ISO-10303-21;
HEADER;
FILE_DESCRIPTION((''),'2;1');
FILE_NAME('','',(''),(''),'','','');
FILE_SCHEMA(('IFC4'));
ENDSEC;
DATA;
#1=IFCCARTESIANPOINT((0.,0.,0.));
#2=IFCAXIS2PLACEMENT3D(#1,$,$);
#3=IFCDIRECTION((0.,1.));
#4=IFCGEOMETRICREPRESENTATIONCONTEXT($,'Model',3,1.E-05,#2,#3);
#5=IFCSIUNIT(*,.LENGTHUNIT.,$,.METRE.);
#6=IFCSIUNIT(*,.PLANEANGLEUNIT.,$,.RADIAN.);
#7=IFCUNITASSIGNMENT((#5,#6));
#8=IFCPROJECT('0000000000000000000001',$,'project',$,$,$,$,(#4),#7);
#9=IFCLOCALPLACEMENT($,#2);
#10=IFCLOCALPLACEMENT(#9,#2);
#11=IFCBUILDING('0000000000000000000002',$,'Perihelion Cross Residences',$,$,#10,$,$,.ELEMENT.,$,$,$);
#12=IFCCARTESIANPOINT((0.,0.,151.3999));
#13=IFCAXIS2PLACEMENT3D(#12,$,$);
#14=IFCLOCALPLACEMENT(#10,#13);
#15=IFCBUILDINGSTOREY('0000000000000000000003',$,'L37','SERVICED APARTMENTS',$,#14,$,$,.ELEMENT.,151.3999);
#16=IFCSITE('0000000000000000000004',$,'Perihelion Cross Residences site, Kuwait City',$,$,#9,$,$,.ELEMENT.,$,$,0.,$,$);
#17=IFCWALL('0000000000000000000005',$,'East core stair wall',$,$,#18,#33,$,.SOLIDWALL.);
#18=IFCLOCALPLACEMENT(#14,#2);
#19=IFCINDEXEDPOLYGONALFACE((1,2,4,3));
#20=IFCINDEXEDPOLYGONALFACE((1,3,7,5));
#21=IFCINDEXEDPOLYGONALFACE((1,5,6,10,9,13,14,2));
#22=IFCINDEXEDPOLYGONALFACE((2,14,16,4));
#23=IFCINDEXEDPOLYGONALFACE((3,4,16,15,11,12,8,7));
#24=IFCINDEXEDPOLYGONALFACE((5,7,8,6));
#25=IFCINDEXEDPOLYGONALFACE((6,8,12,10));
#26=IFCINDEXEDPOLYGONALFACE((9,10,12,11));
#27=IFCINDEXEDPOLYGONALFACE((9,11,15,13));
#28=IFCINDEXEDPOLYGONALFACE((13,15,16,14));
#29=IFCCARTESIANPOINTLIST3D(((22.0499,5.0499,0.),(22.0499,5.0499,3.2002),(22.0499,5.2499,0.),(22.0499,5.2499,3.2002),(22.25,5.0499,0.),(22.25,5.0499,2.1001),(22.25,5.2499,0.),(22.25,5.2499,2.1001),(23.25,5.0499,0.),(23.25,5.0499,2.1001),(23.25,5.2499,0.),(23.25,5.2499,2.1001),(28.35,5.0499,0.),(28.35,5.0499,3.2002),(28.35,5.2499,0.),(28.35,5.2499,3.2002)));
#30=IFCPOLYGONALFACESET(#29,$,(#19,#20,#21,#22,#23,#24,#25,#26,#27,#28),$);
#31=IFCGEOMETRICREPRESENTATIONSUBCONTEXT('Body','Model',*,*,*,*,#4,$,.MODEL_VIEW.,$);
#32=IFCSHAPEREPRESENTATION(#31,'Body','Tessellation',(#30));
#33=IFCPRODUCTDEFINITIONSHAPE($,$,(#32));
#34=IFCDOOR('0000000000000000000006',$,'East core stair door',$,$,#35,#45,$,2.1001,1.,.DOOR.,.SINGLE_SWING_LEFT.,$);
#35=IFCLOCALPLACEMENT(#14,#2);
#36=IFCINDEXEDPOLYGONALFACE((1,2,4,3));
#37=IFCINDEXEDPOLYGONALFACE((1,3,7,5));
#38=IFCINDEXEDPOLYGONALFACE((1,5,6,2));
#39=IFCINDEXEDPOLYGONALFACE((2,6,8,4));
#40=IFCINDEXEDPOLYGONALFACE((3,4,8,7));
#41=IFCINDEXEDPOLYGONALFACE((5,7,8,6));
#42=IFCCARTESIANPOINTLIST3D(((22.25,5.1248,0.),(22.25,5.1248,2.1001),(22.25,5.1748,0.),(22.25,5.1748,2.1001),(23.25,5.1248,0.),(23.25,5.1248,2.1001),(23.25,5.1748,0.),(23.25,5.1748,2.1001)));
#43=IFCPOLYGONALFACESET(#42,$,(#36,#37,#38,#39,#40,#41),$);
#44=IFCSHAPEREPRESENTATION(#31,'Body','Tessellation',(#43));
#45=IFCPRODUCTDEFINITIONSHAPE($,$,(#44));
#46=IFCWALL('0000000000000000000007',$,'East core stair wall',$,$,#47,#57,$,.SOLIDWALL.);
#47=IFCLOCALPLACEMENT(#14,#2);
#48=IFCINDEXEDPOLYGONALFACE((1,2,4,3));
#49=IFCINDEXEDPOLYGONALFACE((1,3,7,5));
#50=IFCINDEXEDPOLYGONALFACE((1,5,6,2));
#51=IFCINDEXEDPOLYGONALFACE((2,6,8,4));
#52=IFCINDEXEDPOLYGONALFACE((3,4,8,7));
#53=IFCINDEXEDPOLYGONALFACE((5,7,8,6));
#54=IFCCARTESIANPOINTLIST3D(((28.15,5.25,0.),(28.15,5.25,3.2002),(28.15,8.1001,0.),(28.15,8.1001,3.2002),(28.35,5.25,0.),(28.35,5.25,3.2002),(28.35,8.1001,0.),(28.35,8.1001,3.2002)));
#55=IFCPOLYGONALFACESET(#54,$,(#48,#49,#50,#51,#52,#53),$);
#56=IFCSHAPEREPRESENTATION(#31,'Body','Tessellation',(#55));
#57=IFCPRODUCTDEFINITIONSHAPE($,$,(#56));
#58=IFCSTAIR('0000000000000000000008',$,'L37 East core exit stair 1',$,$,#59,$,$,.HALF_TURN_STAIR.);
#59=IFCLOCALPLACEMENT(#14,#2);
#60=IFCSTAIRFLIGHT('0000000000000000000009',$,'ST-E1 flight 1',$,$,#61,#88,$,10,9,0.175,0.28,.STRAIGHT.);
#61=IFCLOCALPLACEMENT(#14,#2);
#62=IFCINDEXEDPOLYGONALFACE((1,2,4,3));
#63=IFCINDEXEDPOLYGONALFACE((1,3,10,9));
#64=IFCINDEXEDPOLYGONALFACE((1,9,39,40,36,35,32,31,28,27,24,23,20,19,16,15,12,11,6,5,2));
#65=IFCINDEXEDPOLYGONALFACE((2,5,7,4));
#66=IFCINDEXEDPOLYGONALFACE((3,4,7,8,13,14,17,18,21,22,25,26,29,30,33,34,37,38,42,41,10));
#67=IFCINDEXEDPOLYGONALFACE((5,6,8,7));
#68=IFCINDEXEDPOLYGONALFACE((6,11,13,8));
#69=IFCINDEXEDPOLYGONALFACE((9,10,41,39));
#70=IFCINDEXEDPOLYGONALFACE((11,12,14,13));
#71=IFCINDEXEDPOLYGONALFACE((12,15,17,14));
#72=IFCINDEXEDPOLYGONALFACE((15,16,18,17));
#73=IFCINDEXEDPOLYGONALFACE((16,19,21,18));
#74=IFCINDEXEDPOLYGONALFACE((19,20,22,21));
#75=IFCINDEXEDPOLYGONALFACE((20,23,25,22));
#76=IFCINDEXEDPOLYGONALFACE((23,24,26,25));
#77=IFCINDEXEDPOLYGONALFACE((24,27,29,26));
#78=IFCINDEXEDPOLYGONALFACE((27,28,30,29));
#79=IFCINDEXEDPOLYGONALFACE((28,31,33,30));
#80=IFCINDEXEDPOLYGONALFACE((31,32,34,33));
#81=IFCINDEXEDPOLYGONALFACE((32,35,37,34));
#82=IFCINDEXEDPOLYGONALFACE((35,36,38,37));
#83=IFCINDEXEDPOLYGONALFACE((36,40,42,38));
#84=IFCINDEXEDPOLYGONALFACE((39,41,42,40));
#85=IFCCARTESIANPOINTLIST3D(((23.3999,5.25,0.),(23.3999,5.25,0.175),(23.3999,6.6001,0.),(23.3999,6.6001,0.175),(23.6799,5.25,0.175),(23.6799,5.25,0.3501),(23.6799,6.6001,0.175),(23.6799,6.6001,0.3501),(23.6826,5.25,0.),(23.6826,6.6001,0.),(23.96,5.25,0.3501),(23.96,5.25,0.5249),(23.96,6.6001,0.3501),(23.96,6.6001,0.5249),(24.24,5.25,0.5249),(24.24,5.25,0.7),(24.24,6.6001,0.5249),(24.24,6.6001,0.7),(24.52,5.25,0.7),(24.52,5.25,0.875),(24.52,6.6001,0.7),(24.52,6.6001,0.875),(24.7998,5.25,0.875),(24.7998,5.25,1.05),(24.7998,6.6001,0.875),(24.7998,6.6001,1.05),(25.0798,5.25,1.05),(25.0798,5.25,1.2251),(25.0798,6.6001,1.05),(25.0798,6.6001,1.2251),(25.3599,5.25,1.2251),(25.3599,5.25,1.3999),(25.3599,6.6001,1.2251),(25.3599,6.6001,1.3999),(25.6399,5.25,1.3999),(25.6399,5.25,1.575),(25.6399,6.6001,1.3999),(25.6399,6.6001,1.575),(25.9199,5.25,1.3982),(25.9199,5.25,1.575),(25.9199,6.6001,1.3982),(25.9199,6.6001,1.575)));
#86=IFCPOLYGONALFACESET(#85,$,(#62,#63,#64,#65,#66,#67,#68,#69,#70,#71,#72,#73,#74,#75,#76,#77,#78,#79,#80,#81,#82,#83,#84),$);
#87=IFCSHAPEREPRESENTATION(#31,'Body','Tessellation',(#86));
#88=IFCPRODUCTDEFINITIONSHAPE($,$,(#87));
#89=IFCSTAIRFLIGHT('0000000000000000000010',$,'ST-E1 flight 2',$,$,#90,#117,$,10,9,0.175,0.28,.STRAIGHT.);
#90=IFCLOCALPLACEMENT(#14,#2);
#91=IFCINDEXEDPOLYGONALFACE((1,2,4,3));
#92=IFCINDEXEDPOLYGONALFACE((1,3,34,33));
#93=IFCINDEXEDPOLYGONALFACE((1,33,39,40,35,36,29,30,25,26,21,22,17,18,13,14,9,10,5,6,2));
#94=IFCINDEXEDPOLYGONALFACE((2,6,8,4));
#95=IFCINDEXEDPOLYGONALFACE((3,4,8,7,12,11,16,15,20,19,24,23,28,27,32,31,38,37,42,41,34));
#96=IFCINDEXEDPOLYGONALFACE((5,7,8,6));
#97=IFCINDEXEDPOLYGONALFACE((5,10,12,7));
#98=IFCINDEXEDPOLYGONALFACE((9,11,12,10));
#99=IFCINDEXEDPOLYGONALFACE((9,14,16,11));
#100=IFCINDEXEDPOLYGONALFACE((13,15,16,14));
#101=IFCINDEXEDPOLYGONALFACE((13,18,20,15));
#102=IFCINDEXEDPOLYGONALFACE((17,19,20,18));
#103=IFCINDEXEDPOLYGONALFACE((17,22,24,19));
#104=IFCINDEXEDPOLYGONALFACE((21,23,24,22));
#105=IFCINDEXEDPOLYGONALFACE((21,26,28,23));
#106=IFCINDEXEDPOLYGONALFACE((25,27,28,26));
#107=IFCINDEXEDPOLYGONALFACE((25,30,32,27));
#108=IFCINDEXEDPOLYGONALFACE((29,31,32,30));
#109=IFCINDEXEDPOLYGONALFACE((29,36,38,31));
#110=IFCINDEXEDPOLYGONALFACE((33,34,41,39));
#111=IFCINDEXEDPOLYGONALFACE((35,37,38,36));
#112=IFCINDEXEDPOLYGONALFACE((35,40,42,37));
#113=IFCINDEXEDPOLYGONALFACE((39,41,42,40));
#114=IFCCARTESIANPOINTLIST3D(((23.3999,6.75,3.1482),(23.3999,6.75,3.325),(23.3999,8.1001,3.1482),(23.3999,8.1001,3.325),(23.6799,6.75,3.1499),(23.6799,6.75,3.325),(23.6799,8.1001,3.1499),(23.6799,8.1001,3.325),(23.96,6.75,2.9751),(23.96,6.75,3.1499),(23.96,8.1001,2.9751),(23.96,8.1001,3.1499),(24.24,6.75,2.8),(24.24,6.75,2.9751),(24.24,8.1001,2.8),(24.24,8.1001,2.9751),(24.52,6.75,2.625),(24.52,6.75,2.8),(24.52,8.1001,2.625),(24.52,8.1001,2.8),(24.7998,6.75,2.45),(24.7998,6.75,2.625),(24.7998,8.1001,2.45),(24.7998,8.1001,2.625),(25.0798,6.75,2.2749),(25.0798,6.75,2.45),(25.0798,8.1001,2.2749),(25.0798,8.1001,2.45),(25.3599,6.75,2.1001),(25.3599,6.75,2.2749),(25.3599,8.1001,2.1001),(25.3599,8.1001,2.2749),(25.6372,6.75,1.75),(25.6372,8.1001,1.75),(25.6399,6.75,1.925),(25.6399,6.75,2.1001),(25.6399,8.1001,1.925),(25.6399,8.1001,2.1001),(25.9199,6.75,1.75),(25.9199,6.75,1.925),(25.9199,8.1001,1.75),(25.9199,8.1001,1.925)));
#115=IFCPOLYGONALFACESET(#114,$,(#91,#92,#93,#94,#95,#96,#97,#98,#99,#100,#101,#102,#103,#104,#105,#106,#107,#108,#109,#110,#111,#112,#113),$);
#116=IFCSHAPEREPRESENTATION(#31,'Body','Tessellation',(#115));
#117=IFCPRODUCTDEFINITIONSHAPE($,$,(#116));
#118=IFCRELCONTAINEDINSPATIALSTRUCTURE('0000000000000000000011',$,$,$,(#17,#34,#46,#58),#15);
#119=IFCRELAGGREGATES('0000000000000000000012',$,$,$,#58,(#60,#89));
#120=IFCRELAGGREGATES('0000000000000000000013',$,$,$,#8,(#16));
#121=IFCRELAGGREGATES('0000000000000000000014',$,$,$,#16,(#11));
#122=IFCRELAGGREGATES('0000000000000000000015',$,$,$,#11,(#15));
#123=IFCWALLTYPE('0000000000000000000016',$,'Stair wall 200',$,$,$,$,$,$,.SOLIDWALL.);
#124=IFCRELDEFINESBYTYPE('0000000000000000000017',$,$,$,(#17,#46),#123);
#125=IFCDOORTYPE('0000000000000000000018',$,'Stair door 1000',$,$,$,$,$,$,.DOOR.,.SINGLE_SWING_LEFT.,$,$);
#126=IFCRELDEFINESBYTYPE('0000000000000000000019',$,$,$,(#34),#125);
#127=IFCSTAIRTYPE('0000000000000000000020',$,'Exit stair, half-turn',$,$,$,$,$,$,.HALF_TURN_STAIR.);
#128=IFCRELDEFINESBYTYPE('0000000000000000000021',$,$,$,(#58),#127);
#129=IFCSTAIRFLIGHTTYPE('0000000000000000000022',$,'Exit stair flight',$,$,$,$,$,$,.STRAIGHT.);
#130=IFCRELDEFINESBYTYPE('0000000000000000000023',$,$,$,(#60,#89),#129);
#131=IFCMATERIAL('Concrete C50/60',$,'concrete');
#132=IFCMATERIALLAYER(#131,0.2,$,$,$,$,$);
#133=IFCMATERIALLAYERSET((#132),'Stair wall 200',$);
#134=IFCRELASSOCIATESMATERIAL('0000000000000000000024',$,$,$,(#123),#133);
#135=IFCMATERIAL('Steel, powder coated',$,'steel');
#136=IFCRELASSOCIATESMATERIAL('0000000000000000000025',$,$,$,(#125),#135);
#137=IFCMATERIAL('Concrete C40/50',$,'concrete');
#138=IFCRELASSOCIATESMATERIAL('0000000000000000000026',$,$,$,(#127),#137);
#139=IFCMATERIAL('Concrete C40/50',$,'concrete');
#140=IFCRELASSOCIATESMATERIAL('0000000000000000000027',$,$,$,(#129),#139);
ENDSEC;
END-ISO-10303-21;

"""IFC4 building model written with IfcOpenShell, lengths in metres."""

from ifc_helpers import new_model, si_unit, direction, frame, frame_2d, origin, place, context, subcontext, project, spatial, polyline, rectangle, outline, extrude, material, layer, layer_set, type_object, element, fill, aggregate, save


model = new_model("IFC4")

# Units and contexts
model_context = context("Model", 3, precision=1e-05, world=origin(), true_north=direction((0.0, 1.0)))
body_context = subcontext(model_context, "Body", "Model", "MODEL_VIEW")
ifc_project = project(units=[si_unit("LENGTHUNIT", "METRE"), si_unit("PLANEANGLEUNIT", "RADIAN")], contexts=[model_context])

# Site, building, storey
site_placement = place(None, origin())
site = spatial("IfcSite", under=ifc_project, at=site_placement, Name="Perihelion Cross Residences site, Kuwait City", CompositionType="ELEMENT", RefElevation=0.0)
building_placement = place(site_placement, origin())
building = spatial("IfcBuilding", under=site, at=building_placement, Name="Perihelion Cross Residences", CompositionType="ELEMENT")
storey_placement = place(building_placement, frame((0.0, 0.0, 151.3999)))
storey = spatial("IfcBuildingStorey", under=building, at=storey_placement, Name="L37", Description="SERVICED APARTMENTS", CompositionType="ELEMENT", Elevation=151.3999)

# Wall, opening, door
ifc_material_1 = material(Name="Concrete C50/60", Category="concrete")
ifc_layer_1 = layer(ifc_material_1, 0.2)
ifc_layer_set_1 = layer_set([ifc_layer_1], Name="Stair wall 200")
wall_type_1 = type_object("IfcWallType", Name="Stair wall 200", PredefinedType="SOLIDWALL", material=ifc_layer_set_1)
wall_1_placement = place(storey_placement, frame((22.05, 5.1499, 0.0), z_axis=(0.0, 0.0, 1.0), x_axis=(1.0, 0.0, 0.0)))
wall_1 = element("IfcWall", 1, at=wall_1_placement, inside=storey, type_object=wall_type_1, Name="East core stair wall", PredefinedType="SOLIDWALL", context=body_context, shape_type="SweptSolid", body=[
    extrude(rectangle(XDim=6.3, YDim=0.2, at=frame_2d((3.1499, 0.0))), origin(), (0.0, 0.0, 1.0), 3.2002),
])
opening_1_placement = place(wall_1_placement, frame((0.2, 0.0, 0.0)))
opening_1 = element("IfcOpeningElement", 2, at=opening_1_placement, cuts=wall_1, PredefinedType="OPENING", context=body_context, shape_type="SweptSolid", body=[
    extrude(rectangle(XDim=1.0, YDim=2.1001, at=frame_2d((0.5, 1.05))), frame((0.0, 0.1099, 0.0), z_axis=(0.0, -1.0, 0.0), x_axis=(1.0, 0.0, 0.0)), (0.0, 0.0, 1.0), 0.22),
])
ifc_material_2 = material(Name="Steel, powder coated", Category="steel")
door_type_1 = type_object("IfcDoorType", Name="Stair door 1000", OperationType="SINGLE_SWING_LEFT", PredefinedType="DOOR", material=ifc_material_2)
door_1_placement = place(opening_1_placement, origin())
door_1 = element("IfcDoor", 3, at=door_1_placement, inside=storey, type_object=door_type_1, Name="East core stair door", OperationType="SINGLE_SWING_LEFT", OverallHeight=2.1001, OverallWidth=1.0, PredefinedType="DOOR", context=body_context, shape_type="SweptSolid", body=[
    extrude(rectangle(XDim=1.0, YDim=2.1001, at=frame_2d((0.5, 1.05))), frame((0.0, 0.0249, 0.0), z_axis=(0.0, -1.0, 0.0), x_axis=(1.0, 0.0, 0.0)), (0.0, 0.0, 1.0), 0.05),
])
fill(opening_1, door_1)

# Wall
wall_2_placement = place(storey_placement, frame((28.25, 5.25, 0.0), z_axis=(0.0, 0.0, 1.0), x_axis=(0.0, 1.0, 0.0)))
element("IfcWall", 4, at=wall_2_placement, inside=storey, type_object=wall_type_1, Name="East core stair wall", PredefinedType="SOLIDWALL", context=body_context, shape_type="SweptSolid", body=[
    extrude(rectangle(XDim=2.8501, YDim=0.2, at=frame_2d((1.425, 0.0))), origin(), (0.0, 0.0, 1.0), 3.2002),
])

# Stair, stair flights
ifc_material_3 = material(Name="Concrete C40/50", Category="concrete")
stair_type = type_object("IfcStairType", Name="Exit stair, half-turn", PredefinedType="HALF_TURN_STAIR", material=ifc_material_3)
stair_placement = place(storey_placement, origin())
stair = element("IfcStair", 5, at=stair_placement, inside=storey, type_object=stair_type, Name="L37 East core exit stair 1", PredefinedType="HALF_TURN_STAIR")
ifc_material_4 = material(Name="Concrete C40/50", Category="concrete")
stair_flight_type = type_object("IfcStairFlightType", Name="Exit stair flight", PredefinedType="STRAIGHT", material=ifc_material_4)
stair_flight_1_placement = place(storey_placement, frame((23.3999, 5.925, 0.0), z_axis=(0.0, 0.0, 1.0), x_axis=(1.0, 0.0, 0.0)))
stair_flight_1 = element("IfcStairFlight", 6, at=stair_flight_1_placement, type_object=stair_flight_type, Name="ST-E1 flight 1", NumberOfRisers=10, NumberOfTreads=9, PredefinedType="STRAIGHT", RiserHeight=0.175, TreadLength=0.28, context=body_context, shape_type="SweptSolid", body=[
    extrude(outline(polyline([(0.0, 0.0), (0.0, 0.175), (0.28, 0.175), (0.28, 0.3501), (0.5601, 0.3501), (0.5601, 0.5249), (0.8401, 0.5249), (0.8401, 0.7), (1.1201, 0.7), (1.1201, 0.875), (1.3999, 0.875), (1.3999, 1.05), (1.6799, 1.05), (1.6799, 1.2251), (1.96, 1.2251), (1.96, 1.3999), (2.24, 1.3999), (2.24, 1.575), (2.52, 1.575), (2.52, 1.75), (2.52, 1.3982), (0.2827, 0.0), (0.0, 0.0)])), frame((0.0, 0.675, 0.0), z_axis=(0.0, -1.0, 0.0), x_axis=(1.0, 0.0, 0.0)), (0.0, 0.0, 1.0), 1.3501),
])
stair_flight_2_placement = place(storey_placement, frame((25.9199, 7.425, 1.75), z_axis=(0.0, 0.0, 1.0), x_axis=(-1.0, 0.0, 0.0)))
stair_flight_2 = element("IfcStairFlight", 7, at=stair_flight_2_placement, type_object=stair_flight_type, Name="ST-E1 flight 2", NumberOfRisers=10, NumberOfTreads=9, PredefinedType="STRAIGHT", RiserHeight=0.175, TreadLength=0.28, context=body_context, shape_type="SweptSolid", body=[
    extrude(outline(polyline([(0.0, 0.0), (0.0, 0.175), (0.28, 0.175), (0.28, 0.3501), (0.5601, 0.3501), (0.5601, 0.5249), (0.8401, 0.5249), (0.8401, 0.7), (1.1201, 0.7), (1.1201, 0.875), (1.3999, 0.875), (1.3999, 1.05), (1.6799, 1.05), (1.6799, 1.2251), (1.96, 1.2251), (1.96, 1.3999), (2.24, 1.3999), (2.24, 1.575), (2.52, 1.575), (2.52, 1.75), (2.52, 1.3982), (0.2827, 0.0), (0.0, 0.0)])), frame((0.0, 0.675, 0.0), z_axis=(0.0, -1.0, 0.0), x_axis=(1.0, 0.0, 0.0)), (0.0, 0.0, 1.0), 1.3501),
])
aggregate(stair, [stair_flight_1, stair_flight_2])

save(model, "model.ifc")
